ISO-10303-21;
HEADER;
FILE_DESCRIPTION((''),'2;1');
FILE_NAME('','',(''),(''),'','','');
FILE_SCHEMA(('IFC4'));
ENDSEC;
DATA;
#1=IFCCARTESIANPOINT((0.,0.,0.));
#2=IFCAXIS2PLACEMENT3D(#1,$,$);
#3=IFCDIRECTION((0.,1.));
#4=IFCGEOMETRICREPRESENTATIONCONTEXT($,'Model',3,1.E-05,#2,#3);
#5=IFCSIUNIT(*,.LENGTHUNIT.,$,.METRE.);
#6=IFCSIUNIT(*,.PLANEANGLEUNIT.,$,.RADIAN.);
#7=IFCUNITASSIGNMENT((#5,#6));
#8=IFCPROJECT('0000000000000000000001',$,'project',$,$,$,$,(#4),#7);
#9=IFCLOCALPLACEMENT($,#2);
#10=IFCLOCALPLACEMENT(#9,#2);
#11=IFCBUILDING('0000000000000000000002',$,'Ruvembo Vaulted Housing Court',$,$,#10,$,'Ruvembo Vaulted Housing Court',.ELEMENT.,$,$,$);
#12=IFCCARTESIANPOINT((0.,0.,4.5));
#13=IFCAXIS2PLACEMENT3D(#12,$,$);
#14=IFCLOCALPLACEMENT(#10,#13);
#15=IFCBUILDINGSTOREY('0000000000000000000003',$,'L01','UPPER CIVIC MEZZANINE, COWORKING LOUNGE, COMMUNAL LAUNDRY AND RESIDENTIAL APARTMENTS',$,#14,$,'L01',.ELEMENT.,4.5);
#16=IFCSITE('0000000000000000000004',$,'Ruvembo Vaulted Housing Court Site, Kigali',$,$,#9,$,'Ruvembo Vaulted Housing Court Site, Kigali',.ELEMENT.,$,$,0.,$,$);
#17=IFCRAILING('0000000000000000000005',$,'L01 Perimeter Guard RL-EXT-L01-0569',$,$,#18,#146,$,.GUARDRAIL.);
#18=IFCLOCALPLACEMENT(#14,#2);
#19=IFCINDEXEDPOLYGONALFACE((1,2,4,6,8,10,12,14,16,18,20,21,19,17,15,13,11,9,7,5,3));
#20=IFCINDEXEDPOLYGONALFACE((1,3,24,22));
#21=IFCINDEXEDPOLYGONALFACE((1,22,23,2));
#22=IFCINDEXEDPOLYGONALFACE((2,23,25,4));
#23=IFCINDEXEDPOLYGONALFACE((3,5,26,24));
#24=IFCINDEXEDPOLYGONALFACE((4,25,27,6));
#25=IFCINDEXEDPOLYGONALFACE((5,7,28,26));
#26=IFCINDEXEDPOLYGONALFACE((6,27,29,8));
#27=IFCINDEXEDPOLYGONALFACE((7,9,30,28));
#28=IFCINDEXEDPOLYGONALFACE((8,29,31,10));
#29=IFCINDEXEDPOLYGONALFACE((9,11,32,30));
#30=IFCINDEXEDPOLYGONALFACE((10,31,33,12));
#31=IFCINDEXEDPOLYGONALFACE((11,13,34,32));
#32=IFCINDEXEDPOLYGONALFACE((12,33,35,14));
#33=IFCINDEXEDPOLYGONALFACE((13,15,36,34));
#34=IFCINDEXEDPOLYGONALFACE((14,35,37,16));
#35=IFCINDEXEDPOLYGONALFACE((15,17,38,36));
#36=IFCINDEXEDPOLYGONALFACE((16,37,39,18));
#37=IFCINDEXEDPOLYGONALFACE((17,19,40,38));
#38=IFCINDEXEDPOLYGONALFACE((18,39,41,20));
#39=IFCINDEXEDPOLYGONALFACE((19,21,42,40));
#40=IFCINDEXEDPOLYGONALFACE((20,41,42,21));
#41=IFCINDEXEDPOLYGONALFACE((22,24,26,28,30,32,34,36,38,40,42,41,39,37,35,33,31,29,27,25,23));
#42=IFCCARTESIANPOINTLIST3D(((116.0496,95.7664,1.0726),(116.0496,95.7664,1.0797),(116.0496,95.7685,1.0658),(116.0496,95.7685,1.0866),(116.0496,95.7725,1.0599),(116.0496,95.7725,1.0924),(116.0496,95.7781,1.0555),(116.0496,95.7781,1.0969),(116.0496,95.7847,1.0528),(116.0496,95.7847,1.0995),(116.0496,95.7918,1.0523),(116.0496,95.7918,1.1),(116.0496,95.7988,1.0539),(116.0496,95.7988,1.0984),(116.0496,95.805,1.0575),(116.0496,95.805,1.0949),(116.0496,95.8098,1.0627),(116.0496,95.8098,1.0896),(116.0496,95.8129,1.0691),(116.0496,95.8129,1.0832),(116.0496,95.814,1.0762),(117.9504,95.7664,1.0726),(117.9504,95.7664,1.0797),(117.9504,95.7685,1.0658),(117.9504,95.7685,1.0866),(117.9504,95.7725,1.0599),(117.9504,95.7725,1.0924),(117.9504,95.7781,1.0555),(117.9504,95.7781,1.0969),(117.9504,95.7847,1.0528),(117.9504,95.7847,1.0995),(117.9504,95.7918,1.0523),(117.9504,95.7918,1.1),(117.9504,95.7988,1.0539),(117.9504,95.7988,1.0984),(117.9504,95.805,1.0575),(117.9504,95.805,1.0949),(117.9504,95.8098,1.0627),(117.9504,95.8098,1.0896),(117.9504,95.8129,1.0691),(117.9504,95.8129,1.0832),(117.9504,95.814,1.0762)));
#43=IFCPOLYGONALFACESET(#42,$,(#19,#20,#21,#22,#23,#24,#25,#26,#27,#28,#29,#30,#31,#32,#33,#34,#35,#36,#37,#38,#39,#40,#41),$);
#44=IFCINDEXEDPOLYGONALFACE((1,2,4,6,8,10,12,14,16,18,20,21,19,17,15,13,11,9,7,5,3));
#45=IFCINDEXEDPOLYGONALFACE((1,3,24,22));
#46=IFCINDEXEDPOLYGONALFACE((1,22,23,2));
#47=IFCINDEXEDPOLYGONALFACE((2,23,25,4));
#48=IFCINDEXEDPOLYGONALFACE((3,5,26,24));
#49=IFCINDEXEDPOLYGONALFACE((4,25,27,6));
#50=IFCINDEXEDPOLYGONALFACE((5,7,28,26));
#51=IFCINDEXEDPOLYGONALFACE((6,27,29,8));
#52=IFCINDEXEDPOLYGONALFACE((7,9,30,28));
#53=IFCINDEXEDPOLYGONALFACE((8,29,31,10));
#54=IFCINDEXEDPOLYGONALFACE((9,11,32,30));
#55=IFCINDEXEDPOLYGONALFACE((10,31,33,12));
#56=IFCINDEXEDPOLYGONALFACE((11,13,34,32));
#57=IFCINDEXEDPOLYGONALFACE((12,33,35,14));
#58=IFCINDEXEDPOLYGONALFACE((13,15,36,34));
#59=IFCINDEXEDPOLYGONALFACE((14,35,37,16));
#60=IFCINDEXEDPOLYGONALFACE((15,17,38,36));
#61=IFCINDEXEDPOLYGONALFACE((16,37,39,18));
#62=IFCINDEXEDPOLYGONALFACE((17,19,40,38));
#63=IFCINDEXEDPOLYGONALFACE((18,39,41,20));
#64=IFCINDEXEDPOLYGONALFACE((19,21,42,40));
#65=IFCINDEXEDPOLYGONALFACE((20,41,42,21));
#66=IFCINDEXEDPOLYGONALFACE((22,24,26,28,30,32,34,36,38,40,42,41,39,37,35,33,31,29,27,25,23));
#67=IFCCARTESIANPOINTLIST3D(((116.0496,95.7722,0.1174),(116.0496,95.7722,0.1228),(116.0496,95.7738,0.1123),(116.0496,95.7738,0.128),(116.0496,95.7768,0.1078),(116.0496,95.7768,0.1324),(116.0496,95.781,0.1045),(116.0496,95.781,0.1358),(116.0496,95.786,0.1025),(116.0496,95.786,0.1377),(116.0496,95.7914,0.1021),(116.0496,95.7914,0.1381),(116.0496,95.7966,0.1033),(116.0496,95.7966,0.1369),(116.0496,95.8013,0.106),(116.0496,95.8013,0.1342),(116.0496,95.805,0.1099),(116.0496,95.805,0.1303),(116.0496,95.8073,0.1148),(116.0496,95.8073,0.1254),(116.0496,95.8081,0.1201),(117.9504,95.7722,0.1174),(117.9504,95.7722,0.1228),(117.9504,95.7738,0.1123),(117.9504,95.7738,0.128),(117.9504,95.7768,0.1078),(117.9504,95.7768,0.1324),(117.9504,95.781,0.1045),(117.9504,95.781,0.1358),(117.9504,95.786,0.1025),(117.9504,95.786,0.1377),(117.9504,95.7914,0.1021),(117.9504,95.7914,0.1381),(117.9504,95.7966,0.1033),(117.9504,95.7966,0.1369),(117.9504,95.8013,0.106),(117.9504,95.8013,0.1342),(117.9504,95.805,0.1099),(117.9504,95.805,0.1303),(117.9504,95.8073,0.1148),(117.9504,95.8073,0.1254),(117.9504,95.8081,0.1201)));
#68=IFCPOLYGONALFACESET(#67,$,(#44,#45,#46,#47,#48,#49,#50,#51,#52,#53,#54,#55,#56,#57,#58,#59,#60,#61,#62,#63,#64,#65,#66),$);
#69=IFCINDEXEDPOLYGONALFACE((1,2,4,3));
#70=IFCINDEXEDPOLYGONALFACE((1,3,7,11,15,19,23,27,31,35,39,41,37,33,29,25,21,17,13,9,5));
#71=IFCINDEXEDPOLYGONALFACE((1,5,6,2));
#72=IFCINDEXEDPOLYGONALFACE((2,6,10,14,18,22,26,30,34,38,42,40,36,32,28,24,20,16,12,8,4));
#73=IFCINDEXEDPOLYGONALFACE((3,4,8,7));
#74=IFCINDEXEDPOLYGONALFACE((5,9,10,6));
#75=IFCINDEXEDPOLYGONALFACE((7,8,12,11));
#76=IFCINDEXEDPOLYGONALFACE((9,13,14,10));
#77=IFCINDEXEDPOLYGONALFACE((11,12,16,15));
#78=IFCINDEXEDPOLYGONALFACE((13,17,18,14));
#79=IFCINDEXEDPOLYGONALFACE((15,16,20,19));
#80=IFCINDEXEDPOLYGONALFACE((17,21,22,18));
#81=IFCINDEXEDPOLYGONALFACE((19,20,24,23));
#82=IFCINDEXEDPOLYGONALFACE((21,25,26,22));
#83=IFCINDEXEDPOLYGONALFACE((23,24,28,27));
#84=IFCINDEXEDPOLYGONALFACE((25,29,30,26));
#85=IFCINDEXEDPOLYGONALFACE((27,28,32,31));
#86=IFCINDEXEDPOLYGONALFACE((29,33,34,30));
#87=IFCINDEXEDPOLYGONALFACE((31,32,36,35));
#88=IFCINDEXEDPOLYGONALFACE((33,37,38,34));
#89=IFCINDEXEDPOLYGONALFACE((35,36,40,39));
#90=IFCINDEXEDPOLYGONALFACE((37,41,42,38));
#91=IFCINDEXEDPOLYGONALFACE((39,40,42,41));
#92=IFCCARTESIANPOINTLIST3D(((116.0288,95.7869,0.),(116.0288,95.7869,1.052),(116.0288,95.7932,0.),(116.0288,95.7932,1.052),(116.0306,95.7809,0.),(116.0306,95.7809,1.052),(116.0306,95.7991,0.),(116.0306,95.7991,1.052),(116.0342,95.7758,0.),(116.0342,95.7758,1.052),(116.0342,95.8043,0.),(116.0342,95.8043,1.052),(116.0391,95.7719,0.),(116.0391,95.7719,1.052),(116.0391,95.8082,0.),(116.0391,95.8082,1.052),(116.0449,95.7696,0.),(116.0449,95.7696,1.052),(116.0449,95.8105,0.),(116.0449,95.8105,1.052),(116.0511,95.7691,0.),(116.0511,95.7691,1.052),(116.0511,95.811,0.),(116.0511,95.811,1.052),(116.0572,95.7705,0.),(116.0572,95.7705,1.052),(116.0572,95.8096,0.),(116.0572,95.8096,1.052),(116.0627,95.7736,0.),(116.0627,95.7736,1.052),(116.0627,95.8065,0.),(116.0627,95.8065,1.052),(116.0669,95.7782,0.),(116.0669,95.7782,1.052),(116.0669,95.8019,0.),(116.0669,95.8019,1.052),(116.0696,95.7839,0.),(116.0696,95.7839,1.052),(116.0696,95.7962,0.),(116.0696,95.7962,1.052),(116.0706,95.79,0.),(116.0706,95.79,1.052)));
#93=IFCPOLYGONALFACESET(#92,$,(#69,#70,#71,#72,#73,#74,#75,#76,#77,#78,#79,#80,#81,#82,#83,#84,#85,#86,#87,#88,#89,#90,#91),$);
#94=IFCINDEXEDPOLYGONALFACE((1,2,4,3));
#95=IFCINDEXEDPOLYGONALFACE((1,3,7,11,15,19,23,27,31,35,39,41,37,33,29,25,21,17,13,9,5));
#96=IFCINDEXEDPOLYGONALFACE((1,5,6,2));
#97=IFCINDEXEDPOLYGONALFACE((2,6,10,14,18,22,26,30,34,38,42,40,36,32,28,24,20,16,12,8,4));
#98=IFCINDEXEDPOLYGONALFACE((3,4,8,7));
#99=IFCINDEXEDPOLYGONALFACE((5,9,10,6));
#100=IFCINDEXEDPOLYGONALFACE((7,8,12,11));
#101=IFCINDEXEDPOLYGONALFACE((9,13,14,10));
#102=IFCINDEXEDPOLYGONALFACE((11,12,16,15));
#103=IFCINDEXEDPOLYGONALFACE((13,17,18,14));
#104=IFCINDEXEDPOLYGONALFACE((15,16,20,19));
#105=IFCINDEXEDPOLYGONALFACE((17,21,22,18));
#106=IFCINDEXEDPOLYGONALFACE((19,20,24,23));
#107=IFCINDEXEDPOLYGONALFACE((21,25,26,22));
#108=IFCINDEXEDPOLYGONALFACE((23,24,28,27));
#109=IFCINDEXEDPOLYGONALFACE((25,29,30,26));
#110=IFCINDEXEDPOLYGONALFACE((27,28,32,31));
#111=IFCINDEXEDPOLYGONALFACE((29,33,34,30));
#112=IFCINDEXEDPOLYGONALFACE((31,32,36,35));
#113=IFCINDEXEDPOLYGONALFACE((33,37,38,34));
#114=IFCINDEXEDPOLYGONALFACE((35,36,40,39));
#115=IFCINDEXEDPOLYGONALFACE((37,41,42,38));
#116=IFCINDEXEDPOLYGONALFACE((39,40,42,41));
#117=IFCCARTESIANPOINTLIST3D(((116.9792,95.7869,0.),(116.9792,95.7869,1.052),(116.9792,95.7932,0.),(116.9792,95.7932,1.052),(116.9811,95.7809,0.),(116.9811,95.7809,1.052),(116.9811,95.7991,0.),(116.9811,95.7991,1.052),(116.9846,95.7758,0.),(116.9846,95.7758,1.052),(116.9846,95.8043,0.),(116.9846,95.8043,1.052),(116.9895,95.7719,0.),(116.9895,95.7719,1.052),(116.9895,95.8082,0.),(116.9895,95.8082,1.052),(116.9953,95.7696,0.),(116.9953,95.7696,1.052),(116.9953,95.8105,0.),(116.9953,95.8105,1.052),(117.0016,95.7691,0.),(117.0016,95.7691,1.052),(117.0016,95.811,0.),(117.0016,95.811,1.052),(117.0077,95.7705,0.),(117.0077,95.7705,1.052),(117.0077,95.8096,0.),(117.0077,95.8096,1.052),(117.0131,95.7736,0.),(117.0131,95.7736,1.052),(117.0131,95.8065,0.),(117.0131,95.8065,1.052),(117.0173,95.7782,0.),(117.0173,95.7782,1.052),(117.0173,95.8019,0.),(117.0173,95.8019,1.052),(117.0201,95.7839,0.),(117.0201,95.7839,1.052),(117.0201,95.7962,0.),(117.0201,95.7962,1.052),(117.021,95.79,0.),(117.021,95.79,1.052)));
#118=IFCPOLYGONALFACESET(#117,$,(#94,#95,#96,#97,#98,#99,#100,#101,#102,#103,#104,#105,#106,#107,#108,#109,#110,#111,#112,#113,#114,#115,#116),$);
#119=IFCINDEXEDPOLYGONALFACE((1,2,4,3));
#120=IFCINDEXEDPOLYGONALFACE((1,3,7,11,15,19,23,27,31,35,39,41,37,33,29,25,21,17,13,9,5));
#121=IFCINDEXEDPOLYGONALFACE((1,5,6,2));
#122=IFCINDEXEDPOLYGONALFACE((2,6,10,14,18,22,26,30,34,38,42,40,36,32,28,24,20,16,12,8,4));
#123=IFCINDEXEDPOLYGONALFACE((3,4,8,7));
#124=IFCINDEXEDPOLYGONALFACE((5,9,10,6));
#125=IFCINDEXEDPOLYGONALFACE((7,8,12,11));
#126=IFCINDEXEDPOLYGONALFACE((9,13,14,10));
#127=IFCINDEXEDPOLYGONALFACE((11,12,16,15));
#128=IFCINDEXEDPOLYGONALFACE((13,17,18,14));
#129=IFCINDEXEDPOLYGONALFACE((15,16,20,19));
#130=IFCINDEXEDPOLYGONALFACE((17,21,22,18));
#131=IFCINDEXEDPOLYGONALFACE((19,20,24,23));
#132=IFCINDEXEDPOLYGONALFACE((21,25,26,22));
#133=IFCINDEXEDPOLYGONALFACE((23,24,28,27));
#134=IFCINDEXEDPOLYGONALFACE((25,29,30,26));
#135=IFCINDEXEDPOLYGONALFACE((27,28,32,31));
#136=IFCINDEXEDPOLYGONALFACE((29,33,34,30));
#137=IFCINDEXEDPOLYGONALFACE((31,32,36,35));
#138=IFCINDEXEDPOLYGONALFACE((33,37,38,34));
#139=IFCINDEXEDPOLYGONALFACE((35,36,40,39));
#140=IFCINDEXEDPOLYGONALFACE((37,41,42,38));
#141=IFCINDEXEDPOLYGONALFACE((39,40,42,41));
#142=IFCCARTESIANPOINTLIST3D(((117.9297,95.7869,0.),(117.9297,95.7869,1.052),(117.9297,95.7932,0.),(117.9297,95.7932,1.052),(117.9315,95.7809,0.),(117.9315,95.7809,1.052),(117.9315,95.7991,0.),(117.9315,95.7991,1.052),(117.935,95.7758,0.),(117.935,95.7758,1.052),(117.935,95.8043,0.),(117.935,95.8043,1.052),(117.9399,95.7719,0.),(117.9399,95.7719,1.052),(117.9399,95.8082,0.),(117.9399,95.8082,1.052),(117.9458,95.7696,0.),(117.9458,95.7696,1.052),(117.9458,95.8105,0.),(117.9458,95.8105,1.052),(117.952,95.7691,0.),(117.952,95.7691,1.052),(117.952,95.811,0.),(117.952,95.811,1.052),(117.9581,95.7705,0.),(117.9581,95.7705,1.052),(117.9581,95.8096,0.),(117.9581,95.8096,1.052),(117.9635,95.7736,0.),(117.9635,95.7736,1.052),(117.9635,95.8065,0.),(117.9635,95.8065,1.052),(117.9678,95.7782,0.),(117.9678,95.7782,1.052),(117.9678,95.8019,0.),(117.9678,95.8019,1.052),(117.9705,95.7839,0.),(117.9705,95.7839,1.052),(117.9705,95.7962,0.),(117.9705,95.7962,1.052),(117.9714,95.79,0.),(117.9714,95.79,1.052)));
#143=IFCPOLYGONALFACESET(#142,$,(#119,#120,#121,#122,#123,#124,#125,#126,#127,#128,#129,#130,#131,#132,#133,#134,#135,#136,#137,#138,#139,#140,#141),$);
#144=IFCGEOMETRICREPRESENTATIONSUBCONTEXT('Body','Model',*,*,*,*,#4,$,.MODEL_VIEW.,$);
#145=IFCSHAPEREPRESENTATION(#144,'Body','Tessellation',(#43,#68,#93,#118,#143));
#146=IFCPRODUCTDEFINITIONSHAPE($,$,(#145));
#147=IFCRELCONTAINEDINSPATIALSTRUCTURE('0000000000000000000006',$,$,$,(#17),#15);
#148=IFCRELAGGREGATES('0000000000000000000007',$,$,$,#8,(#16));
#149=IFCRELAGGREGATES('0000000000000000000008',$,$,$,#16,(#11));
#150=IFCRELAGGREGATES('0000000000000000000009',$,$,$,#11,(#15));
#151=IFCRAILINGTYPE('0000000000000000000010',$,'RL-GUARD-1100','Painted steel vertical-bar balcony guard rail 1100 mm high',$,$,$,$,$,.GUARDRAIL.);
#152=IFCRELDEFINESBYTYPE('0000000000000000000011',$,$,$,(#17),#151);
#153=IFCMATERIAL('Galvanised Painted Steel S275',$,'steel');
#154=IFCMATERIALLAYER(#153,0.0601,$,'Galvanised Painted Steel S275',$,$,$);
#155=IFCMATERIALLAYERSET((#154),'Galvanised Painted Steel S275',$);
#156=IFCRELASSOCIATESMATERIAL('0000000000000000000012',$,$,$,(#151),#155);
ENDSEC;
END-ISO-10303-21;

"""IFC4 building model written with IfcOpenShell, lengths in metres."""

from ifc_helpers import new_model, si_unit, direction, frame, origin, origin_2d, place, context, subcontext, project, spatial, circle, extrude, material, layer, layer_set, type_object, element, save


model = new_model("IFC4")

# Units and contexts
model_context = context("Model", 3, precision=1e-05, world=origin(), true_north=direction((0.0, 1.0)))
body_context = subcontext(model_context, "Body", "Model", "MODEL_VIEW")
ifc_project = project(units=[si_unit("LENGTHUNIT", "METRE"), si_unit("PLANEANGLEUNIT", "RADIAN")], contexts=[model_context])

# Site, building, storey
site_placement = place(None, origin())
site = spatial("IfcSite", under=ifc_project, at=site_placement, Name="Ruvembo Vaulted Housing Court Site, Kigali", LongName="Ruvembo Vaulted Housing Court Site, Kigali", CompositionType="ELEMENT", RefElevation=0.0)
building_placement = place(site_placement, origin())
building = spatial("IfcBuilding", under=site, at=building_placement, Name="Ruvembo Vaulted Housing Court", LongName="Ruvembo Vaulted Housing Court", CompositionType="ELEMENT")
storey_placement = place(building_placement, frame((0.0, 0.0, 4.5)))
storey = spatial("IfcBuildingStorey", under=building, at=storey_placement, Name="L01", Description="UPPER CIVIC MEZZANINE, COWORKING LOUNGE, COMMUNAL LAUNDRY AND RESIDENTIAL APARTMENTS", LongName="L01", CompositionType="ELEMENT", Elevation=4.5)

# Railing
ifc_material_1 = material(Name="Galvanised Painted Steel S275", Category="steel")
ifc_layer_1 = layer(ifc_material_1, 0.0601, Name="Galvanised Painted Steel S275")
ifc_layer_set_1 = layer_set([ifc_layer_1], Name="Galvanised Painted Steel S275")
railing_type = type_object("IfcRailingType", Name="RL-GUARD-1100", Description="Painted steel vertical-bar balcony guard rail 1100 mm high", PredefinedType="GUARDRAIL", material=ifc_layer_set_1)
railing_1_placement = place(storey_placement, frame((116.0496, 95.79, 0.0)))
element("IfcRailing", 1, at=railing_1_placement, inside=storey, type_object=railing_type, Name="L01 Perimeter Guard RL-EXT-L01-0569", PredefinedType="GUARDRAIL", context=body_context, shape_type="SweptSolid", body=[
    extrude(circle(Radius=0.0239, at=origin_2d()), frame((0.0, 0.0, 1.0762), z_axis=(1.0, 0.0, 0.0), x_axis=(0.0, 1.0, 0.0)), (0.0, 0.0, 1.0), 1.9009),
    extrude(circle(Radius=0.0181, at=origin_2d()), frame((0.0, 0.0, 0.1201), z_axis=(1.0, 0.0, 0.0), x_axis=(0.0, 1.0, 0.0)), (0.0, 0.0, 1.0), 1.9009),
    extrude(circle(Radius=0.021, at=origin_2d()), origin(), (0.0, 0.0, 1.0), 1.052),
    extrude(circle(Radius=0.021, at=origin_2d()), frame((0.9504, 0.0, 0.0)), (0.0, 0.0, 1.0), 1.052),
    extrude(circle(Radius=0.021, at=origin_2d()), frame((1.9009, 0.0, 0.0)), (0.0, 0.0, 1.0), 1.052),
])

save(model, "model.ifc")
